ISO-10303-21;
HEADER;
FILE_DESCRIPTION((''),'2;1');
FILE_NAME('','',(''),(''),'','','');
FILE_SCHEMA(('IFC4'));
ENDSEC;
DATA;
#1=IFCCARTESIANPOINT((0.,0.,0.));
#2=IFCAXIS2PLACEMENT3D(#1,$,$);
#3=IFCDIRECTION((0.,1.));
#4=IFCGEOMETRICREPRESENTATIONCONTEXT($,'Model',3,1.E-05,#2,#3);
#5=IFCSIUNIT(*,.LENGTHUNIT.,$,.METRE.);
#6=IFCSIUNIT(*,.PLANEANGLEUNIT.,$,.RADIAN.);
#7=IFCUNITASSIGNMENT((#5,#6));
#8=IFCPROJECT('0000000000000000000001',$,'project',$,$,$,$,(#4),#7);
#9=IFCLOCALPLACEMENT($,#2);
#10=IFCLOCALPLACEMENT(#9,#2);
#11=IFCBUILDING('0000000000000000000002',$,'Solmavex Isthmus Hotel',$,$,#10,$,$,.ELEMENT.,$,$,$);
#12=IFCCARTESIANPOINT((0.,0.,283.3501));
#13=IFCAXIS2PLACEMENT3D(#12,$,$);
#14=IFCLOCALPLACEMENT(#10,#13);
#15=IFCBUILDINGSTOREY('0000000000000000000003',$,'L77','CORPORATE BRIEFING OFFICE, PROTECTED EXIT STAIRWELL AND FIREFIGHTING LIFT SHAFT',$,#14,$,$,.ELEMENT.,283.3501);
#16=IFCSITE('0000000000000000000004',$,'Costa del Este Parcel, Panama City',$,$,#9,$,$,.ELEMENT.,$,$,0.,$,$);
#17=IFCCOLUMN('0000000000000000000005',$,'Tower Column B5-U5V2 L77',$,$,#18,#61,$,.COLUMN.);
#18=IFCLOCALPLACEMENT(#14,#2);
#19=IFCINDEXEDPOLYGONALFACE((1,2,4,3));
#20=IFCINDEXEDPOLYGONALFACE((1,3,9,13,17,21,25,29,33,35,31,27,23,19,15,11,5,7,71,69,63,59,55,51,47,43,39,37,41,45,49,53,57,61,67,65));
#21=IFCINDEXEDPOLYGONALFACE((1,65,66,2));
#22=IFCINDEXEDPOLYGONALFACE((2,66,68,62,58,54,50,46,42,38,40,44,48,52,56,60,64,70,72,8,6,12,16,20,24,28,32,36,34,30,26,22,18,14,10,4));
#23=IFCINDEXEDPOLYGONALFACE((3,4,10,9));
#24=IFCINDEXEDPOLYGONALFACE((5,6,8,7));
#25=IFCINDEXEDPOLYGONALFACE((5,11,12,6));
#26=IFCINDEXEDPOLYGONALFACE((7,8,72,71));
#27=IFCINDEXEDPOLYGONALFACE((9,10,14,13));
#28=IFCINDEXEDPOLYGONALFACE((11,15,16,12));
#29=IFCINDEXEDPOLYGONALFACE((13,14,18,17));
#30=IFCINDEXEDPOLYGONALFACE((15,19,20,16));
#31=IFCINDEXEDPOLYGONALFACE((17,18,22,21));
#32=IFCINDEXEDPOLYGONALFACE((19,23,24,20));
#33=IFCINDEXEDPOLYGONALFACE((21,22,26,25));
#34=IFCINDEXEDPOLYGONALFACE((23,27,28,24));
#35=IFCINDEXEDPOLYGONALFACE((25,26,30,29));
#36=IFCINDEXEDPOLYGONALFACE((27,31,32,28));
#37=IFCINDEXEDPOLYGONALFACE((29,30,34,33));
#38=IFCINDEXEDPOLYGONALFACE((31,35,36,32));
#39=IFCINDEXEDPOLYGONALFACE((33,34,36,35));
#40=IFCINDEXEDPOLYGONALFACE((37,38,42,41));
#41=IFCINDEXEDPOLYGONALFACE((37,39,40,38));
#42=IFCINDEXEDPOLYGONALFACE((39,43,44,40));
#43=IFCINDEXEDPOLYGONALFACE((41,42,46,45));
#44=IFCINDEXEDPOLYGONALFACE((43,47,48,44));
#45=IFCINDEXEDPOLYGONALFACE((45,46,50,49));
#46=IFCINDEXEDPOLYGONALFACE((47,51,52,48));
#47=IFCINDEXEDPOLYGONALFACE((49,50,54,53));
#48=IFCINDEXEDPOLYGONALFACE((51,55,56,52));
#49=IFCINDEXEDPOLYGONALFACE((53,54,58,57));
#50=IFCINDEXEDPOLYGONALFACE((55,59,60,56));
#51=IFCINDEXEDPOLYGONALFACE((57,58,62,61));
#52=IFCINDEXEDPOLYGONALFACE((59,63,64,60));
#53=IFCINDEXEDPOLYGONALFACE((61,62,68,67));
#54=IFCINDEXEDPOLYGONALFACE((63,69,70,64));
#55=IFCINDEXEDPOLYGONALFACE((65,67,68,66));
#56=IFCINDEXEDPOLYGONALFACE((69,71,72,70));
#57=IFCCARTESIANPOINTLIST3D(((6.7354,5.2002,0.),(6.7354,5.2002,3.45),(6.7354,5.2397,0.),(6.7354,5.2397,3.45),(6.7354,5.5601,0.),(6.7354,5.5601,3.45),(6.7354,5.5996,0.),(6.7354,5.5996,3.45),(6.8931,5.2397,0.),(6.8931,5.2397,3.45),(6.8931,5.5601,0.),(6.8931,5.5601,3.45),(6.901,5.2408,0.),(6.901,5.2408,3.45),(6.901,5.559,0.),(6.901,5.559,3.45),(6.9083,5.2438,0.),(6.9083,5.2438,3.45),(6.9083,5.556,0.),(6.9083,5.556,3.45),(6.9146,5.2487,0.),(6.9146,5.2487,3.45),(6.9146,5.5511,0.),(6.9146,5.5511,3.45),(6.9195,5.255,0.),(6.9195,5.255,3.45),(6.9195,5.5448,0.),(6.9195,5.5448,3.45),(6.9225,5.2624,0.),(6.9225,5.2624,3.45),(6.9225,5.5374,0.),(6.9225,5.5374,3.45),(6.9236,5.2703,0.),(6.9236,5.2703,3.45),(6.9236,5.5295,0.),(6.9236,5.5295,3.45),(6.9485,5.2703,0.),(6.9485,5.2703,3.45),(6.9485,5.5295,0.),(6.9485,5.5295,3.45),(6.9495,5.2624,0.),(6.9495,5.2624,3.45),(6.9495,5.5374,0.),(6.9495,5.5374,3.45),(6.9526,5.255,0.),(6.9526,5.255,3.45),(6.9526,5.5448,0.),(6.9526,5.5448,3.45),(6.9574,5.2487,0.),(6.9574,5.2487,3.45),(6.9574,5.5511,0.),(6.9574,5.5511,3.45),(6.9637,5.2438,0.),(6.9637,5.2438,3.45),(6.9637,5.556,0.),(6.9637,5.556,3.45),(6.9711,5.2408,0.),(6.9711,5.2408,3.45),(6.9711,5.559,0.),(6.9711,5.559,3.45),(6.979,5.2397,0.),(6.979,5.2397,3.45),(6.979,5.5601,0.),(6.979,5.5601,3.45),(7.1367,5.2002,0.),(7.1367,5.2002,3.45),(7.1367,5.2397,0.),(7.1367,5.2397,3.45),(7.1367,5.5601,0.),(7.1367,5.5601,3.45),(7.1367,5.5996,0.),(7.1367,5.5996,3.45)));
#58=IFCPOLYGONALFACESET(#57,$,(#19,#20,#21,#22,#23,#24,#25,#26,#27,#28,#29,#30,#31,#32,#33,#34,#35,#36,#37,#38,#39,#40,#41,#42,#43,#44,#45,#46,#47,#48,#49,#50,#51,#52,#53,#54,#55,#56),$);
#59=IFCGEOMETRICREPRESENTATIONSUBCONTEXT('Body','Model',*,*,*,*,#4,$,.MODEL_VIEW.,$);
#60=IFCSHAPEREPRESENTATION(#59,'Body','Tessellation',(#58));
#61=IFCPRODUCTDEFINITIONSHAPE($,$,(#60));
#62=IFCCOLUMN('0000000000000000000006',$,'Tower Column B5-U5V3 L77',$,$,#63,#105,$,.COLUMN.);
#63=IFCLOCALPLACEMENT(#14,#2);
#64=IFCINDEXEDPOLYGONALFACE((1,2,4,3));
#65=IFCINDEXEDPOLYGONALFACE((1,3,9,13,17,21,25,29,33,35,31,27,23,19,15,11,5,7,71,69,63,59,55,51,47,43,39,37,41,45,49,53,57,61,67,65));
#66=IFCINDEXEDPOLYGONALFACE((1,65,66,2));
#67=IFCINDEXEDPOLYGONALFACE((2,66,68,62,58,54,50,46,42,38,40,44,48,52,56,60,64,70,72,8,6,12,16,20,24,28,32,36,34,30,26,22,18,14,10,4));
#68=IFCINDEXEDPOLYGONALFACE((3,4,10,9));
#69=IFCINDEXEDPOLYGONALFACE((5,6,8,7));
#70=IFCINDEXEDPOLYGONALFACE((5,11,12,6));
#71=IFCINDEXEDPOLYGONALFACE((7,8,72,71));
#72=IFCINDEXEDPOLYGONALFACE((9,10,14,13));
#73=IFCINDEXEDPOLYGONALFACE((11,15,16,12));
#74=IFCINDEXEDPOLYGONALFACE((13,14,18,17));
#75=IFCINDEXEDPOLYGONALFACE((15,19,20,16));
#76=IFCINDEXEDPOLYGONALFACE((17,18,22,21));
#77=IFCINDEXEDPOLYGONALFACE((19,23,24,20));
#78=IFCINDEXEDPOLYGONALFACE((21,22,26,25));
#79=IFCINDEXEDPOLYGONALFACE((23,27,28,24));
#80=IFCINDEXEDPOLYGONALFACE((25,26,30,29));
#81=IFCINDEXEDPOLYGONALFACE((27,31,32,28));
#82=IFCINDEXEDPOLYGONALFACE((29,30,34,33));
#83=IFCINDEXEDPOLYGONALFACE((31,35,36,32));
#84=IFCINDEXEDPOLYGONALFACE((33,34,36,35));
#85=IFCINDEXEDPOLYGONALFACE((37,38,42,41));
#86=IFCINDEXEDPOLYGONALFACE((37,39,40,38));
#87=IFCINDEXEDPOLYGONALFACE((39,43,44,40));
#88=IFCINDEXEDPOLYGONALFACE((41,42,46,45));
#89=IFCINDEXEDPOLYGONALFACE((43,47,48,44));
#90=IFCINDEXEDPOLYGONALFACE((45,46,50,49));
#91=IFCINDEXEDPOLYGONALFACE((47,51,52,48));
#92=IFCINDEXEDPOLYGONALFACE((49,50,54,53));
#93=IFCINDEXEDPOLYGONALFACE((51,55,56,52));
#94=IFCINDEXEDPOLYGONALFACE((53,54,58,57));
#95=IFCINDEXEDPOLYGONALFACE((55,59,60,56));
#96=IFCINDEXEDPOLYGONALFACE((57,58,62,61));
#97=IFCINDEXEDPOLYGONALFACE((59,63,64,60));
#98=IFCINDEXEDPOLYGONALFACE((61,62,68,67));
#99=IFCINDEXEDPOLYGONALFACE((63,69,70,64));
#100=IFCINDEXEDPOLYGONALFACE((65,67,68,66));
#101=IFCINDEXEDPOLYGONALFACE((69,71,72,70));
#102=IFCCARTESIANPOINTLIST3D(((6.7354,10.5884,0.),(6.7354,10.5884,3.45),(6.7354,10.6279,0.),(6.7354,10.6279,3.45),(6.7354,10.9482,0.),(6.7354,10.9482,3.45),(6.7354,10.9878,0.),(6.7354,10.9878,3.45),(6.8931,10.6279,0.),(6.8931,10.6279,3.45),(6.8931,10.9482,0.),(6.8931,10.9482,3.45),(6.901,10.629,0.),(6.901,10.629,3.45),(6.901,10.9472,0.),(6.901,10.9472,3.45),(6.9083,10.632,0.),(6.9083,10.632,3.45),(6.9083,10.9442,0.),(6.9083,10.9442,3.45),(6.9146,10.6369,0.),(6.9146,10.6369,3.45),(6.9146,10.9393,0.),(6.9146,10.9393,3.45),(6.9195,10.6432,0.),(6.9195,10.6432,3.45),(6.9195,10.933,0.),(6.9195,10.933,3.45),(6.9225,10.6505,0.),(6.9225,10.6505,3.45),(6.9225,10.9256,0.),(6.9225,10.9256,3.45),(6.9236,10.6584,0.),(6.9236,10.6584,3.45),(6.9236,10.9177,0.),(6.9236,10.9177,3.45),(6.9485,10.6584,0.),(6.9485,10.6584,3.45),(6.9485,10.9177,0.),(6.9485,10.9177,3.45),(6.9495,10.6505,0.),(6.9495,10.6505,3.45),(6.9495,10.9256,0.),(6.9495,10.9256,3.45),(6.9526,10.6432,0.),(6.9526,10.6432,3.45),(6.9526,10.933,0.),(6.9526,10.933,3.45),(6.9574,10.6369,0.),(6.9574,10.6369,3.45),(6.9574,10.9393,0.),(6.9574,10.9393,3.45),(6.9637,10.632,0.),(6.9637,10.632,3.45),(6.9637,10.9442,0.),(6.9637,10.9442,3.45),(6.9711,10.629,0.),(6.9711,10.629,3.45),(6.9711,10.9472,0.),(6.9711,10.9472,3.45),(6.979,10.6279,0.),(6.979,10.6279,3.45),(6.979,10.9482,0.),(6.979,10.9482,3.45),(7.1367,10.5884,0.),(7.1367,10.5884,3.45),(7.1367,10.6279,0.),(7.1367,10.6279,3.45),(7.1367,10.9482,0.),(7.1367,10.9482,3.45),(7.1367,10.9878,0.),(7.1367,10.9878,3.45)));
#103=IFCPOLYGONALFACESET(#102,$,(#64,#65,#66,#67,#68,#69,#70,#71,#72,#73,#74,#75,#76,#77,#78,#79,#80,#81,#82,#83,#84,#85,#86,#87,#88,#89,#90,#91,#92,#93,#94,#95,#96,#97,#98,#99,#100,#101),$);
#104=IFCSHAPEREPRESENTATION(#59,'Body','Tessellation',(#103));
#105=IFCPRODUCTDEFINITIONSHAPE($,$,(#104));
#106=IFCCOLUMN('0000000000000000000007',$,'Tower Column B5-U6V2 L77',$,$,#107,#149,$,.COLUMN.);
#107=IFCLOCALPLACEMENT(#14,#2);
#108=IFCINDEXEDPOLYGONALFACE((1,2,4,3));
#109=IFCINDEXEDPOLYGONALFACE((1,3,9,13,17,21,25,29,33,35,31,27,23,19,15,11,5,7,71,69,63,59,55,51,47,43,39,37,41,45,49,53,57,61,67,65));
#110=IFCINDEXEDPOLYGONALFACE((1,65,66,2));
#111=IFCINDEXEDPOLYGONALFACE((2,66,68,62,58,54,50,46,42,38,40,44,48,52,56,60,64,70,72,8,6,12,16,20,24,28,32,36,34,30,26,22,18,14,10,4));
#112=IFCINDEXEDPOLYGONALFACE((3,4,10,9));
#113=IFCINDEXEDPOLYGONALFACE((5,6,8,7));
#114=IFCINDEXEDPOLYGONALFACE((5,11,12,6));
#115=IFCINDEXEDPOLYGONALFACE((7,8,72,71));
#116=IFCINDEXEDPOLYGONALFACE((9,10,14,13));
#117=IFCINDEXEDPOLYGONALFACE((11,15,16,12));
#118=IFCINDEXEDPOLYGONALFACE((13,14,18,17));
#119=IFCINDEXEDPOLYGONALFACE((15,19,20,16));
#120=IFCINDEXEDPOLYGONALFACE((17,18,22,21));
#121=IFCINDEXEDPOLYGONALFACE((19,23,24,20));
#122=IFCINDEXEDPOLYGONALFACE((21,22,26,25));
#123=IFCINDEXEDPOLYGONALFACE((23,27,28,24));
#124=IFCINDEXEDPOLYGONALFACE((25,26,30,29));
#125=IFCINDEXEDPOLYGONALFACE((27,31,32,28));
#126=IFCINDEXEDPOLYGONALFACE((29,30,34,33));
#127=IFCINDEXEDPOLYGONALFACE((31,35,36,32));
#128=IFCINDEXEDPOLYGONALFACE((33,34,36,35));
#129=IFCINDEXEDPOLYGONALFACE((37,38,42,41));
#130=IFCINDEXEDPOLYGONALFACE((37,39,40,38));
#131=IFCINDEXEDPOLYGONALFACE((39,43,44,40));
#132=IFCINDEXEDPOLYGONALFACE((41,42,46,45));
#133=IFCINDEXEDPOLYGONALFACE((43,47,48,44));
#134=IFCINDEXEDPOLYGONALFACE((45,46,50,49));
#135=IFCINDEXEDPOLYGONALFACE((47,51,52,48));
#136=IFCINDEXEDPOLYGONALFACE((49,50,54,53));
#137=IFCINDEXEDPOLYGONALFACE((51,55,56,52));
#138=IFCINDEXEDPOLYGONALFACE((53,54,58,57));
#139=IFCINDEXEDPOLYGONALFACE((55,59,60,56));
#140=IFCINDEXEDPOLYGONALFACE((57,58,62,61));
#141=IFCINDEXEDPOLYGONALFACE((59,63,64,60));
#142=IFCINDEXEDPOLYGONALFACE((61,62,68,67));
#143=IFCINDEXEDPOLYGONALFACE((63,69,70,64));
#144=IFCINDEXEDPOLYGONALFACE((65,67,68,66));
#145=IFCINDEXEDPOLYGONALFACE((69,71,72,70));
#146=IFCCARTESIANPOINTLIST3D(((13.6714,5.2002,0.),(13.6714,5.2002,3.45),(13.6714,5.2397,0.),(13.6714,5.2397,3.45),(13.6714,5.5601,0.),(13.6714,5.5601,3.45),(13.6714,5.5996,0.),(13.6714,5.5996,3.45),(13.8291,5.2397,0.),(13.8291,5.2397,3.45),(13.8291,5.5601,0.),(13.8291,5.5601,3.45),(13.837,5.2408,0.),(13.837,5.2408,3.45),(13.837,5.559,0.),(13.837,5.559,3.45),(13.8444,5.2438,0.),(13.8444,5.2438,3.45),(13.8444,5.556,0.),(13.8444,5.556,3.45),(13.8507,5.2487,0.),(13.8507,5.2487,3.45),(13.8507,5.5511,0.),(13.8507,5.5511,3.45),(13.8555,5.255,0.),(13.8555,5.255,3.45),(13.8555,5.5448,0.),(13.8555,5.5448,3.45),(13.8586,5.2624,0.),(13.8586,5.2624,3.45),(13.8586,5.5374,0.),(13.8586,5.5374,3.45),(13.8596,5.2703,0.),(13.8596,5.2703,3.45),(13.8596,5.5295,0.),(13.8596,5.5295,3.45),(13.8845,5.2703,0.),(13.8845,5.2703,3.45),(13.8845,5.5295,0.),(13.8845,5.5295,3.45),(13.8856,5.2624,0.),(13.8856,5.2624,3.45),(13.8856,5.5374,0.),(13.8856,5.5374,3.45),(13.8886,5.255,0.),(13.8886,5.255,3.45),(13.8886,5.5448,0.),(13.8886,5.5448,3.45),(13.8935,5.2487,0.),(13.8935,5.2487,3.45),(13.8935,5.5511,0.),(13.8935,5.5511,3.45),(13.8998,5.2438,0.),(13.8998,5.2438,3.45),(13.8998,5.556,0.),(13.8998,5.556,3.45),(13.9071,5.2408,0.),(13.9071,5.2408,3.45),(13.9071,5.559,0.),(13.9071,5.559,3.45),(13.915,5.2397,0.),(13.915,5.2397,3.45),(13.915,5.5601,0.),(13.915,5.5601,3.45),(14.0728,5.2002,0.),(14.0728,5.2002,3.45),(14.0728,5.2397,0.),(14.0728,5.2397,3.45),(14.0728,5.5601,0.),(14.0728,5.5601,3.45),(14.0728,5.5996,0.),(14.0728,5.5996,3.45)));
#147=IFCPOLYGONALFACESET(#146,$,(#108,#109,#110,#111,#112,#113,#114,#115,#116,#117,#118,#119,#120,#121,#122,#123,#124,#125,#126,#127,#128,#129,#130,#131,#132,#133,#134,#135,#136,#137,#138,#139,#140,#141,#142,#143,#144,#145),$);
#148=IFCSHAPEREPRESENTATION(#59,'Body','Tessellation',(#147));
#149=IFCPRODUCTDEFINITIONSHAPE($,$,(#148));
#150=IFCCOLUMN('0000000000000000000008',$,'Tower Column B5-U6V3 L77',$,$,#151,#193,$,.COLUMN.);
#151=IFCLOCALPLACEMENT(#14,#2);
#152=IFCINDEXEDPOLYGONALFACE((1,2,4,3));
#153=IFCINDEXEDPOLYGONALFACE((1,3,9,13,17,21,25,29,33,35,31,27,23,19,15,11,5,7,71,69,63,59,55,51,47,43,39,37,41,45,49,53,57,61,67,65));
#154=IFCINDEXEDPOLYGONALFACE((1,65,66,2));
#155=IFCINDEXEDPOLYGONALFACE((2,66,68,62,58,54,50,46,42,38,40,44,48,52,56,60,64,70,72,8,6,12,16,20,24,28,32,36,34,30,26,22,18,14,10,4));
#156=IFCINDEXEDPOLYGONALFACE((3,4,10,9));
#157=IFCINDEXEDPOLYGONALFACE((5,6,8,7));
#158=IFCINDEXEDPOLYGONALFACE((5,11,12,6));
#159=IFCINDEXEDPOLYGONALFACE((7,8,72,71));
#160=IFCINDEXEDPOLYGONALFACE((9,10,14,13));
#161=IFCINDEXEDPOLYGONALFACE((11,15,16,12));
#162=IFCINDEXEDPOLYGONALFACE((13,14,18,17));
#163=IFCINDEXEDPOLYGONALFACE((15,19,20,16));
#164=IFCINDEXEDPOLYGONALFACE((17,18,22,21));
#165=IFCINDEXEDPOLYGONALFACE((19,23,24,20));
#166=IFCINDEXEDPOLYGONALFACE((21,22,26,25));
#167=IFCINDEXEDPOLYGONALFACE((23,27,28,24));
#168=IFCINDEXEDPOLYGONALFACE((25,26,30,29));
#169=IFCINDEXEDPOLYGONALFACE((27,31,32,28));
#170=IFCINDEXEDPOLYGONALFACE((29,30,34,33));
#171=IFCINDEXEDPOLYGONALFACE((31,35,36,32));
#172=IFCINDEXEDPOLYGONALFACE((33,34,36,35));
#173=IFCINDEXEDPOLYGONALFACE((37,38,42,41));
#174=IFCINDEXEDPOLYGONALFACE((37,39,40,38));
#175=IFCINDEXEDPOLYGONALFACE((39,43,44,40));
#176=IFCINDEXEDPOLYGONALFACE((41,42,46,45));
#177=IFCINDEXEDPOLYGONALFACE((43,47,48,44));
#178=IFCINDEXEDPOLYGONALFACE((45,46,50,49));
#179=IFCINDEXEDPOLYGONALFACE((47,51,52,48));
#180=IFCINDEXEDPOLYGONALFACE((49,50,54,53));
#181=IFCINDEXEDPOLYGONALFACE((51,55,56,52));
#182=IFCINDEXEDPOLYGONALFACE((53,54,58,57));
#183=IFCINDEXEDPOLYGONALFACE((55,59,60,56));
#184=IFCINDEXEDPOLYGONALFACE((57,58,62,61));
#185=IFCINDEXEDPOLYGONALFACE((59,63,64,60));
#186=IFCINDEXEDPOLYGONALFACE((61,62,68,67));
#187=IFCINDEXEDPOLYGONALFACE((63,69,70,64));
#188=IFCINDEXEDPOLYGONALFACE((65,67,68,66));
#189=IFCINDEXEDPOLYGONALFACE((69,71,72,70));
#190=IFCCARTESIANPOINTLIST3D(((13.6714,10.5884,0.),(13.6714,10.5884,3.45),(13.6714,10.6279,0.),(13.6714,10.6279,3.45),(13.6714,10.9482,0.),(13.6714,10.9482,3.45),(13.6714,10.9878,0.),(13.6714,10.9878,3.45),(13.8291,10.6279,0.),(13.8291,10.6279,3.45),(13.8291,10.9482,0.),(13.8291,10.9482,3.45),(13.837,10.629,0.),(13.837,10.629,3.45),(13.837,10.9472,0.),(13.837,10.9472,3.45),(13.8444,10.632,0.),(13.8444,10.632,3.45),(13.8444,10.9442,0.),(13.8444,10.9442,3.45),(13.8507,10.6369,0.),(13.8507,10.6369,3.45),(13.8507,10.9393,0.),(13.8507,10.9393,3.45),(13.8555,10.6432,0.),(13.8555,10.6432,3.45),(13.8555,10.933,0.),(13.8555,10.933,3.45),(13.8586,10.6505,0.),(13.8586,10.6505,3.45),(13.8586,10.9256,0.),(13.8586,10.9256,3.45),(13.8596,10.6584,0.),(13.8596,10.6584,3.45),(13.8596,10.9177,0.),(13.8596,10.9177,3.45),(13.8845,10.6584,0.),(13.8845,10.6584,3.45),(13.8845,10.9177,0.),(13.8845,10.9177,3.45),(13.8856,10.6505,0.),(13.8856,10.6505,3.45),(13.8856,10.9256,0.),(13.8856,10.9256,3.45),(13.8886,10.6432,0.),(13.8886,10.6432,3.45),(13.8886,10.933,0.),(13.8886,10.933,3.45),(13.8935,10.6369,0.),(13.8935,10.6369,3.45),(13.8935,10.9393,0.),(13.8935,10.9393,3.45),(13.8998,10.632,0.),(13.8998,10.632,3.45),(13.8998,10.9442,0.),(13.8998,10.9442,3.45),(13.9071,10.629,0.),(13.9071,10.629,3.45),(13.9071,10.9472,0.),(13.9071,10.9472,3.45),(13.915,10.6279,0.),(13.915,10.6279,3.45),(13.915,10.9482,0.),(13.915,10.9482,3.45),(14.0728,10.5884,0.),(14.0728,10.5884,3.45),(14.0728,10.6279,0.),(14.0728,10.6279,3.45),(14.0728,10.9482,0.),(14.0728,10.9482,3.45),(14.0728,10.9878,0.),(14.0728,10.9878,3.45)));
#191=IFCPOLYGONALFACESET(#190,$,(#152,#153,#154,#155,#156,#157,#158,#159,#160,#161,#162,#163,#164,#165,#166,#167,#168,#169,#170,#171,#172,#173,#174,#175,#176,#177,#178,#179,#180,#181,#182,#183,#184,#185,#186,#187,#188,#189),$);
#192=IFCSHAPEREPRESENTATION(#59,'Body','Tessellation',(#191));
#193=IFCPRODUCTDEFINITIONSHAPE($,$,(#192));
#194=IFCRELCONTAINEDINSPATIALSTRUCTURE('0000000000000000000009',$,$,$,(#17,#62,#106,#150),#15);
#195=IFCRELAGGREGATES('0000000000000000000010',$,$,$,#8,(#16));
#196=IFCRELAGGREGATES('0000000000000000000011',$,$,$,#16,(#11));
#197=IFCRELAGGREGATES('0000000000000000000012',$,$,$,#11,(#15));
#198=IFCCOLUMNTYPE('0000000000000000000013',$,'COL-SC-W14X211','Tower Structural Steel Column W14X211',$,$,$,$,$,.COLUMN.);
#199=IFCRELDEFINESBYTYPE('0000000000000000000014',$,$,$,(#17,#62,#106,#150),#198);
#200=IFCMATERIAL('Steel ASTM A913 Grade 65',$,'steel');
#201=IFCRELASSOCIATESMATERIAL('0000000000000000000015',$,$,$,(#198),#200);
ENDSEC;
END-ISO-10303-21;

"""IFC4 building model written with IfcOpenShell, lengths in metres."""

from ifc_helpers import new_model, si_unit, direction, frame, origin, origin_2d, place, context, subcontext, project, spatial, i_section, extrude, material, material_profile, profile_set, type_object, element, save


model = new_model("IFC4")

# Units and contexts
model_context = context("Model", 3, precision=1e-05, world=origin(), true_north=direction((0.0, 1.0)))
body_context = subcontext(model_context, "Body", "Model", "MODEL_VIEW")
ifc_project = project(units=[si_unit("LENGTHUNIT", "METRE"), si_unit("PLANEANGLEUNIT", "RADIAN")], contexts=[model_context])

# Site, building, storey
site_placement = place(None, origin())
site = spatial("IfcSite", under=ifc_project, at=site_placement, Name="Costa del Este Parcel, Panama City", CompositionType="ELEMENT", RefElevation=0.0)
building_placement = place(site_placement, origin())
building = spatial("IfcBuilding", under=site, at=building_placement, Name="Solmavex Isthmus Hotel", CompositionType="ELEMENT")
storey_placement = place(building_placement, frame((0.0, 0.0, 283.3501)))
storey = spatial("IfcBuildingStorey", under=building, at=storey_placement, Name="L77", Description="CORPORATE BRIEFING OFFICE, PROTECTED EXIT STAIRWELL AND FIREFIGHTING LIFT SHAFT", CompositionType="ELEMENT", Elevation=283.3501)

# Columns
ifc_material_1 = material(Name="Steel ASTM A913 Grade 65", Category="steel")
ifc_material_profile_1 = material_profile(ifc_material_1, i_section(OverallWidth=0.4014, OverallDepth=0.3994, WebThickness=0.0249, FlangeThickness=0.0396, FilletRadius=0.0305, at=origin_2d()), Name="W14X211")
ifc_profile_set_1 = profile_set([ifc_material_profile_1], Name="Steel ASTM A913 Grade 65")
column_type = type_object("IfcColumnType", Name="COL-SC-W14X211", Description="Tower Structural Steel Column W14X211", PredefinedType="COLUMN", material=ifc_profile_set_1)
for number, where, z_axis, x_axis, name in (
    (1, (6.936, 5.3999, 0.0), (0.0, 0.0, 1.0), (1.0, 0.0, 0.0), "Tower Column B5-U5V2 L77"),
    (2, (6.936, 10.7881, 0.0), (0.0, 0.0, 1.0), (1.0, 0.0, 0.0), "Tower Column B5-U5V3 L77"),
    (3, (13.8721, 5.3999, 0.0), (0.0, 0.0, 1.0), (1.0, 0.0, 0.0), "Tower Column B5-U6V2 L77"),
    (4, (13.8721, 10.7881, 0.0), (0.0, 0.0, 1.0), (1.0, 0.0, 0.0), "Tower Column B5-U6V3 L77"),
):
    element("IfcColumn", number, at=place(storey_placement, frame(where, z_axis=z_axis, x_axis=x_axis)), inside=storey, type_object=column_type, Name=name, PredefinedType="COLUMN", context=body_context, shape_type="SweptSolid", body=[
        extrude(i_section(OverallWidth=0.4014, OverallDepth=0.3994, WebThickness=0.0249, FlangeThickness=0.0396, FilletRadius=0.0305, at=origin_2d()), origin(), (0.0, 0.0, 1.0), 3.45),
    ])

save(model, "model.ifc")
